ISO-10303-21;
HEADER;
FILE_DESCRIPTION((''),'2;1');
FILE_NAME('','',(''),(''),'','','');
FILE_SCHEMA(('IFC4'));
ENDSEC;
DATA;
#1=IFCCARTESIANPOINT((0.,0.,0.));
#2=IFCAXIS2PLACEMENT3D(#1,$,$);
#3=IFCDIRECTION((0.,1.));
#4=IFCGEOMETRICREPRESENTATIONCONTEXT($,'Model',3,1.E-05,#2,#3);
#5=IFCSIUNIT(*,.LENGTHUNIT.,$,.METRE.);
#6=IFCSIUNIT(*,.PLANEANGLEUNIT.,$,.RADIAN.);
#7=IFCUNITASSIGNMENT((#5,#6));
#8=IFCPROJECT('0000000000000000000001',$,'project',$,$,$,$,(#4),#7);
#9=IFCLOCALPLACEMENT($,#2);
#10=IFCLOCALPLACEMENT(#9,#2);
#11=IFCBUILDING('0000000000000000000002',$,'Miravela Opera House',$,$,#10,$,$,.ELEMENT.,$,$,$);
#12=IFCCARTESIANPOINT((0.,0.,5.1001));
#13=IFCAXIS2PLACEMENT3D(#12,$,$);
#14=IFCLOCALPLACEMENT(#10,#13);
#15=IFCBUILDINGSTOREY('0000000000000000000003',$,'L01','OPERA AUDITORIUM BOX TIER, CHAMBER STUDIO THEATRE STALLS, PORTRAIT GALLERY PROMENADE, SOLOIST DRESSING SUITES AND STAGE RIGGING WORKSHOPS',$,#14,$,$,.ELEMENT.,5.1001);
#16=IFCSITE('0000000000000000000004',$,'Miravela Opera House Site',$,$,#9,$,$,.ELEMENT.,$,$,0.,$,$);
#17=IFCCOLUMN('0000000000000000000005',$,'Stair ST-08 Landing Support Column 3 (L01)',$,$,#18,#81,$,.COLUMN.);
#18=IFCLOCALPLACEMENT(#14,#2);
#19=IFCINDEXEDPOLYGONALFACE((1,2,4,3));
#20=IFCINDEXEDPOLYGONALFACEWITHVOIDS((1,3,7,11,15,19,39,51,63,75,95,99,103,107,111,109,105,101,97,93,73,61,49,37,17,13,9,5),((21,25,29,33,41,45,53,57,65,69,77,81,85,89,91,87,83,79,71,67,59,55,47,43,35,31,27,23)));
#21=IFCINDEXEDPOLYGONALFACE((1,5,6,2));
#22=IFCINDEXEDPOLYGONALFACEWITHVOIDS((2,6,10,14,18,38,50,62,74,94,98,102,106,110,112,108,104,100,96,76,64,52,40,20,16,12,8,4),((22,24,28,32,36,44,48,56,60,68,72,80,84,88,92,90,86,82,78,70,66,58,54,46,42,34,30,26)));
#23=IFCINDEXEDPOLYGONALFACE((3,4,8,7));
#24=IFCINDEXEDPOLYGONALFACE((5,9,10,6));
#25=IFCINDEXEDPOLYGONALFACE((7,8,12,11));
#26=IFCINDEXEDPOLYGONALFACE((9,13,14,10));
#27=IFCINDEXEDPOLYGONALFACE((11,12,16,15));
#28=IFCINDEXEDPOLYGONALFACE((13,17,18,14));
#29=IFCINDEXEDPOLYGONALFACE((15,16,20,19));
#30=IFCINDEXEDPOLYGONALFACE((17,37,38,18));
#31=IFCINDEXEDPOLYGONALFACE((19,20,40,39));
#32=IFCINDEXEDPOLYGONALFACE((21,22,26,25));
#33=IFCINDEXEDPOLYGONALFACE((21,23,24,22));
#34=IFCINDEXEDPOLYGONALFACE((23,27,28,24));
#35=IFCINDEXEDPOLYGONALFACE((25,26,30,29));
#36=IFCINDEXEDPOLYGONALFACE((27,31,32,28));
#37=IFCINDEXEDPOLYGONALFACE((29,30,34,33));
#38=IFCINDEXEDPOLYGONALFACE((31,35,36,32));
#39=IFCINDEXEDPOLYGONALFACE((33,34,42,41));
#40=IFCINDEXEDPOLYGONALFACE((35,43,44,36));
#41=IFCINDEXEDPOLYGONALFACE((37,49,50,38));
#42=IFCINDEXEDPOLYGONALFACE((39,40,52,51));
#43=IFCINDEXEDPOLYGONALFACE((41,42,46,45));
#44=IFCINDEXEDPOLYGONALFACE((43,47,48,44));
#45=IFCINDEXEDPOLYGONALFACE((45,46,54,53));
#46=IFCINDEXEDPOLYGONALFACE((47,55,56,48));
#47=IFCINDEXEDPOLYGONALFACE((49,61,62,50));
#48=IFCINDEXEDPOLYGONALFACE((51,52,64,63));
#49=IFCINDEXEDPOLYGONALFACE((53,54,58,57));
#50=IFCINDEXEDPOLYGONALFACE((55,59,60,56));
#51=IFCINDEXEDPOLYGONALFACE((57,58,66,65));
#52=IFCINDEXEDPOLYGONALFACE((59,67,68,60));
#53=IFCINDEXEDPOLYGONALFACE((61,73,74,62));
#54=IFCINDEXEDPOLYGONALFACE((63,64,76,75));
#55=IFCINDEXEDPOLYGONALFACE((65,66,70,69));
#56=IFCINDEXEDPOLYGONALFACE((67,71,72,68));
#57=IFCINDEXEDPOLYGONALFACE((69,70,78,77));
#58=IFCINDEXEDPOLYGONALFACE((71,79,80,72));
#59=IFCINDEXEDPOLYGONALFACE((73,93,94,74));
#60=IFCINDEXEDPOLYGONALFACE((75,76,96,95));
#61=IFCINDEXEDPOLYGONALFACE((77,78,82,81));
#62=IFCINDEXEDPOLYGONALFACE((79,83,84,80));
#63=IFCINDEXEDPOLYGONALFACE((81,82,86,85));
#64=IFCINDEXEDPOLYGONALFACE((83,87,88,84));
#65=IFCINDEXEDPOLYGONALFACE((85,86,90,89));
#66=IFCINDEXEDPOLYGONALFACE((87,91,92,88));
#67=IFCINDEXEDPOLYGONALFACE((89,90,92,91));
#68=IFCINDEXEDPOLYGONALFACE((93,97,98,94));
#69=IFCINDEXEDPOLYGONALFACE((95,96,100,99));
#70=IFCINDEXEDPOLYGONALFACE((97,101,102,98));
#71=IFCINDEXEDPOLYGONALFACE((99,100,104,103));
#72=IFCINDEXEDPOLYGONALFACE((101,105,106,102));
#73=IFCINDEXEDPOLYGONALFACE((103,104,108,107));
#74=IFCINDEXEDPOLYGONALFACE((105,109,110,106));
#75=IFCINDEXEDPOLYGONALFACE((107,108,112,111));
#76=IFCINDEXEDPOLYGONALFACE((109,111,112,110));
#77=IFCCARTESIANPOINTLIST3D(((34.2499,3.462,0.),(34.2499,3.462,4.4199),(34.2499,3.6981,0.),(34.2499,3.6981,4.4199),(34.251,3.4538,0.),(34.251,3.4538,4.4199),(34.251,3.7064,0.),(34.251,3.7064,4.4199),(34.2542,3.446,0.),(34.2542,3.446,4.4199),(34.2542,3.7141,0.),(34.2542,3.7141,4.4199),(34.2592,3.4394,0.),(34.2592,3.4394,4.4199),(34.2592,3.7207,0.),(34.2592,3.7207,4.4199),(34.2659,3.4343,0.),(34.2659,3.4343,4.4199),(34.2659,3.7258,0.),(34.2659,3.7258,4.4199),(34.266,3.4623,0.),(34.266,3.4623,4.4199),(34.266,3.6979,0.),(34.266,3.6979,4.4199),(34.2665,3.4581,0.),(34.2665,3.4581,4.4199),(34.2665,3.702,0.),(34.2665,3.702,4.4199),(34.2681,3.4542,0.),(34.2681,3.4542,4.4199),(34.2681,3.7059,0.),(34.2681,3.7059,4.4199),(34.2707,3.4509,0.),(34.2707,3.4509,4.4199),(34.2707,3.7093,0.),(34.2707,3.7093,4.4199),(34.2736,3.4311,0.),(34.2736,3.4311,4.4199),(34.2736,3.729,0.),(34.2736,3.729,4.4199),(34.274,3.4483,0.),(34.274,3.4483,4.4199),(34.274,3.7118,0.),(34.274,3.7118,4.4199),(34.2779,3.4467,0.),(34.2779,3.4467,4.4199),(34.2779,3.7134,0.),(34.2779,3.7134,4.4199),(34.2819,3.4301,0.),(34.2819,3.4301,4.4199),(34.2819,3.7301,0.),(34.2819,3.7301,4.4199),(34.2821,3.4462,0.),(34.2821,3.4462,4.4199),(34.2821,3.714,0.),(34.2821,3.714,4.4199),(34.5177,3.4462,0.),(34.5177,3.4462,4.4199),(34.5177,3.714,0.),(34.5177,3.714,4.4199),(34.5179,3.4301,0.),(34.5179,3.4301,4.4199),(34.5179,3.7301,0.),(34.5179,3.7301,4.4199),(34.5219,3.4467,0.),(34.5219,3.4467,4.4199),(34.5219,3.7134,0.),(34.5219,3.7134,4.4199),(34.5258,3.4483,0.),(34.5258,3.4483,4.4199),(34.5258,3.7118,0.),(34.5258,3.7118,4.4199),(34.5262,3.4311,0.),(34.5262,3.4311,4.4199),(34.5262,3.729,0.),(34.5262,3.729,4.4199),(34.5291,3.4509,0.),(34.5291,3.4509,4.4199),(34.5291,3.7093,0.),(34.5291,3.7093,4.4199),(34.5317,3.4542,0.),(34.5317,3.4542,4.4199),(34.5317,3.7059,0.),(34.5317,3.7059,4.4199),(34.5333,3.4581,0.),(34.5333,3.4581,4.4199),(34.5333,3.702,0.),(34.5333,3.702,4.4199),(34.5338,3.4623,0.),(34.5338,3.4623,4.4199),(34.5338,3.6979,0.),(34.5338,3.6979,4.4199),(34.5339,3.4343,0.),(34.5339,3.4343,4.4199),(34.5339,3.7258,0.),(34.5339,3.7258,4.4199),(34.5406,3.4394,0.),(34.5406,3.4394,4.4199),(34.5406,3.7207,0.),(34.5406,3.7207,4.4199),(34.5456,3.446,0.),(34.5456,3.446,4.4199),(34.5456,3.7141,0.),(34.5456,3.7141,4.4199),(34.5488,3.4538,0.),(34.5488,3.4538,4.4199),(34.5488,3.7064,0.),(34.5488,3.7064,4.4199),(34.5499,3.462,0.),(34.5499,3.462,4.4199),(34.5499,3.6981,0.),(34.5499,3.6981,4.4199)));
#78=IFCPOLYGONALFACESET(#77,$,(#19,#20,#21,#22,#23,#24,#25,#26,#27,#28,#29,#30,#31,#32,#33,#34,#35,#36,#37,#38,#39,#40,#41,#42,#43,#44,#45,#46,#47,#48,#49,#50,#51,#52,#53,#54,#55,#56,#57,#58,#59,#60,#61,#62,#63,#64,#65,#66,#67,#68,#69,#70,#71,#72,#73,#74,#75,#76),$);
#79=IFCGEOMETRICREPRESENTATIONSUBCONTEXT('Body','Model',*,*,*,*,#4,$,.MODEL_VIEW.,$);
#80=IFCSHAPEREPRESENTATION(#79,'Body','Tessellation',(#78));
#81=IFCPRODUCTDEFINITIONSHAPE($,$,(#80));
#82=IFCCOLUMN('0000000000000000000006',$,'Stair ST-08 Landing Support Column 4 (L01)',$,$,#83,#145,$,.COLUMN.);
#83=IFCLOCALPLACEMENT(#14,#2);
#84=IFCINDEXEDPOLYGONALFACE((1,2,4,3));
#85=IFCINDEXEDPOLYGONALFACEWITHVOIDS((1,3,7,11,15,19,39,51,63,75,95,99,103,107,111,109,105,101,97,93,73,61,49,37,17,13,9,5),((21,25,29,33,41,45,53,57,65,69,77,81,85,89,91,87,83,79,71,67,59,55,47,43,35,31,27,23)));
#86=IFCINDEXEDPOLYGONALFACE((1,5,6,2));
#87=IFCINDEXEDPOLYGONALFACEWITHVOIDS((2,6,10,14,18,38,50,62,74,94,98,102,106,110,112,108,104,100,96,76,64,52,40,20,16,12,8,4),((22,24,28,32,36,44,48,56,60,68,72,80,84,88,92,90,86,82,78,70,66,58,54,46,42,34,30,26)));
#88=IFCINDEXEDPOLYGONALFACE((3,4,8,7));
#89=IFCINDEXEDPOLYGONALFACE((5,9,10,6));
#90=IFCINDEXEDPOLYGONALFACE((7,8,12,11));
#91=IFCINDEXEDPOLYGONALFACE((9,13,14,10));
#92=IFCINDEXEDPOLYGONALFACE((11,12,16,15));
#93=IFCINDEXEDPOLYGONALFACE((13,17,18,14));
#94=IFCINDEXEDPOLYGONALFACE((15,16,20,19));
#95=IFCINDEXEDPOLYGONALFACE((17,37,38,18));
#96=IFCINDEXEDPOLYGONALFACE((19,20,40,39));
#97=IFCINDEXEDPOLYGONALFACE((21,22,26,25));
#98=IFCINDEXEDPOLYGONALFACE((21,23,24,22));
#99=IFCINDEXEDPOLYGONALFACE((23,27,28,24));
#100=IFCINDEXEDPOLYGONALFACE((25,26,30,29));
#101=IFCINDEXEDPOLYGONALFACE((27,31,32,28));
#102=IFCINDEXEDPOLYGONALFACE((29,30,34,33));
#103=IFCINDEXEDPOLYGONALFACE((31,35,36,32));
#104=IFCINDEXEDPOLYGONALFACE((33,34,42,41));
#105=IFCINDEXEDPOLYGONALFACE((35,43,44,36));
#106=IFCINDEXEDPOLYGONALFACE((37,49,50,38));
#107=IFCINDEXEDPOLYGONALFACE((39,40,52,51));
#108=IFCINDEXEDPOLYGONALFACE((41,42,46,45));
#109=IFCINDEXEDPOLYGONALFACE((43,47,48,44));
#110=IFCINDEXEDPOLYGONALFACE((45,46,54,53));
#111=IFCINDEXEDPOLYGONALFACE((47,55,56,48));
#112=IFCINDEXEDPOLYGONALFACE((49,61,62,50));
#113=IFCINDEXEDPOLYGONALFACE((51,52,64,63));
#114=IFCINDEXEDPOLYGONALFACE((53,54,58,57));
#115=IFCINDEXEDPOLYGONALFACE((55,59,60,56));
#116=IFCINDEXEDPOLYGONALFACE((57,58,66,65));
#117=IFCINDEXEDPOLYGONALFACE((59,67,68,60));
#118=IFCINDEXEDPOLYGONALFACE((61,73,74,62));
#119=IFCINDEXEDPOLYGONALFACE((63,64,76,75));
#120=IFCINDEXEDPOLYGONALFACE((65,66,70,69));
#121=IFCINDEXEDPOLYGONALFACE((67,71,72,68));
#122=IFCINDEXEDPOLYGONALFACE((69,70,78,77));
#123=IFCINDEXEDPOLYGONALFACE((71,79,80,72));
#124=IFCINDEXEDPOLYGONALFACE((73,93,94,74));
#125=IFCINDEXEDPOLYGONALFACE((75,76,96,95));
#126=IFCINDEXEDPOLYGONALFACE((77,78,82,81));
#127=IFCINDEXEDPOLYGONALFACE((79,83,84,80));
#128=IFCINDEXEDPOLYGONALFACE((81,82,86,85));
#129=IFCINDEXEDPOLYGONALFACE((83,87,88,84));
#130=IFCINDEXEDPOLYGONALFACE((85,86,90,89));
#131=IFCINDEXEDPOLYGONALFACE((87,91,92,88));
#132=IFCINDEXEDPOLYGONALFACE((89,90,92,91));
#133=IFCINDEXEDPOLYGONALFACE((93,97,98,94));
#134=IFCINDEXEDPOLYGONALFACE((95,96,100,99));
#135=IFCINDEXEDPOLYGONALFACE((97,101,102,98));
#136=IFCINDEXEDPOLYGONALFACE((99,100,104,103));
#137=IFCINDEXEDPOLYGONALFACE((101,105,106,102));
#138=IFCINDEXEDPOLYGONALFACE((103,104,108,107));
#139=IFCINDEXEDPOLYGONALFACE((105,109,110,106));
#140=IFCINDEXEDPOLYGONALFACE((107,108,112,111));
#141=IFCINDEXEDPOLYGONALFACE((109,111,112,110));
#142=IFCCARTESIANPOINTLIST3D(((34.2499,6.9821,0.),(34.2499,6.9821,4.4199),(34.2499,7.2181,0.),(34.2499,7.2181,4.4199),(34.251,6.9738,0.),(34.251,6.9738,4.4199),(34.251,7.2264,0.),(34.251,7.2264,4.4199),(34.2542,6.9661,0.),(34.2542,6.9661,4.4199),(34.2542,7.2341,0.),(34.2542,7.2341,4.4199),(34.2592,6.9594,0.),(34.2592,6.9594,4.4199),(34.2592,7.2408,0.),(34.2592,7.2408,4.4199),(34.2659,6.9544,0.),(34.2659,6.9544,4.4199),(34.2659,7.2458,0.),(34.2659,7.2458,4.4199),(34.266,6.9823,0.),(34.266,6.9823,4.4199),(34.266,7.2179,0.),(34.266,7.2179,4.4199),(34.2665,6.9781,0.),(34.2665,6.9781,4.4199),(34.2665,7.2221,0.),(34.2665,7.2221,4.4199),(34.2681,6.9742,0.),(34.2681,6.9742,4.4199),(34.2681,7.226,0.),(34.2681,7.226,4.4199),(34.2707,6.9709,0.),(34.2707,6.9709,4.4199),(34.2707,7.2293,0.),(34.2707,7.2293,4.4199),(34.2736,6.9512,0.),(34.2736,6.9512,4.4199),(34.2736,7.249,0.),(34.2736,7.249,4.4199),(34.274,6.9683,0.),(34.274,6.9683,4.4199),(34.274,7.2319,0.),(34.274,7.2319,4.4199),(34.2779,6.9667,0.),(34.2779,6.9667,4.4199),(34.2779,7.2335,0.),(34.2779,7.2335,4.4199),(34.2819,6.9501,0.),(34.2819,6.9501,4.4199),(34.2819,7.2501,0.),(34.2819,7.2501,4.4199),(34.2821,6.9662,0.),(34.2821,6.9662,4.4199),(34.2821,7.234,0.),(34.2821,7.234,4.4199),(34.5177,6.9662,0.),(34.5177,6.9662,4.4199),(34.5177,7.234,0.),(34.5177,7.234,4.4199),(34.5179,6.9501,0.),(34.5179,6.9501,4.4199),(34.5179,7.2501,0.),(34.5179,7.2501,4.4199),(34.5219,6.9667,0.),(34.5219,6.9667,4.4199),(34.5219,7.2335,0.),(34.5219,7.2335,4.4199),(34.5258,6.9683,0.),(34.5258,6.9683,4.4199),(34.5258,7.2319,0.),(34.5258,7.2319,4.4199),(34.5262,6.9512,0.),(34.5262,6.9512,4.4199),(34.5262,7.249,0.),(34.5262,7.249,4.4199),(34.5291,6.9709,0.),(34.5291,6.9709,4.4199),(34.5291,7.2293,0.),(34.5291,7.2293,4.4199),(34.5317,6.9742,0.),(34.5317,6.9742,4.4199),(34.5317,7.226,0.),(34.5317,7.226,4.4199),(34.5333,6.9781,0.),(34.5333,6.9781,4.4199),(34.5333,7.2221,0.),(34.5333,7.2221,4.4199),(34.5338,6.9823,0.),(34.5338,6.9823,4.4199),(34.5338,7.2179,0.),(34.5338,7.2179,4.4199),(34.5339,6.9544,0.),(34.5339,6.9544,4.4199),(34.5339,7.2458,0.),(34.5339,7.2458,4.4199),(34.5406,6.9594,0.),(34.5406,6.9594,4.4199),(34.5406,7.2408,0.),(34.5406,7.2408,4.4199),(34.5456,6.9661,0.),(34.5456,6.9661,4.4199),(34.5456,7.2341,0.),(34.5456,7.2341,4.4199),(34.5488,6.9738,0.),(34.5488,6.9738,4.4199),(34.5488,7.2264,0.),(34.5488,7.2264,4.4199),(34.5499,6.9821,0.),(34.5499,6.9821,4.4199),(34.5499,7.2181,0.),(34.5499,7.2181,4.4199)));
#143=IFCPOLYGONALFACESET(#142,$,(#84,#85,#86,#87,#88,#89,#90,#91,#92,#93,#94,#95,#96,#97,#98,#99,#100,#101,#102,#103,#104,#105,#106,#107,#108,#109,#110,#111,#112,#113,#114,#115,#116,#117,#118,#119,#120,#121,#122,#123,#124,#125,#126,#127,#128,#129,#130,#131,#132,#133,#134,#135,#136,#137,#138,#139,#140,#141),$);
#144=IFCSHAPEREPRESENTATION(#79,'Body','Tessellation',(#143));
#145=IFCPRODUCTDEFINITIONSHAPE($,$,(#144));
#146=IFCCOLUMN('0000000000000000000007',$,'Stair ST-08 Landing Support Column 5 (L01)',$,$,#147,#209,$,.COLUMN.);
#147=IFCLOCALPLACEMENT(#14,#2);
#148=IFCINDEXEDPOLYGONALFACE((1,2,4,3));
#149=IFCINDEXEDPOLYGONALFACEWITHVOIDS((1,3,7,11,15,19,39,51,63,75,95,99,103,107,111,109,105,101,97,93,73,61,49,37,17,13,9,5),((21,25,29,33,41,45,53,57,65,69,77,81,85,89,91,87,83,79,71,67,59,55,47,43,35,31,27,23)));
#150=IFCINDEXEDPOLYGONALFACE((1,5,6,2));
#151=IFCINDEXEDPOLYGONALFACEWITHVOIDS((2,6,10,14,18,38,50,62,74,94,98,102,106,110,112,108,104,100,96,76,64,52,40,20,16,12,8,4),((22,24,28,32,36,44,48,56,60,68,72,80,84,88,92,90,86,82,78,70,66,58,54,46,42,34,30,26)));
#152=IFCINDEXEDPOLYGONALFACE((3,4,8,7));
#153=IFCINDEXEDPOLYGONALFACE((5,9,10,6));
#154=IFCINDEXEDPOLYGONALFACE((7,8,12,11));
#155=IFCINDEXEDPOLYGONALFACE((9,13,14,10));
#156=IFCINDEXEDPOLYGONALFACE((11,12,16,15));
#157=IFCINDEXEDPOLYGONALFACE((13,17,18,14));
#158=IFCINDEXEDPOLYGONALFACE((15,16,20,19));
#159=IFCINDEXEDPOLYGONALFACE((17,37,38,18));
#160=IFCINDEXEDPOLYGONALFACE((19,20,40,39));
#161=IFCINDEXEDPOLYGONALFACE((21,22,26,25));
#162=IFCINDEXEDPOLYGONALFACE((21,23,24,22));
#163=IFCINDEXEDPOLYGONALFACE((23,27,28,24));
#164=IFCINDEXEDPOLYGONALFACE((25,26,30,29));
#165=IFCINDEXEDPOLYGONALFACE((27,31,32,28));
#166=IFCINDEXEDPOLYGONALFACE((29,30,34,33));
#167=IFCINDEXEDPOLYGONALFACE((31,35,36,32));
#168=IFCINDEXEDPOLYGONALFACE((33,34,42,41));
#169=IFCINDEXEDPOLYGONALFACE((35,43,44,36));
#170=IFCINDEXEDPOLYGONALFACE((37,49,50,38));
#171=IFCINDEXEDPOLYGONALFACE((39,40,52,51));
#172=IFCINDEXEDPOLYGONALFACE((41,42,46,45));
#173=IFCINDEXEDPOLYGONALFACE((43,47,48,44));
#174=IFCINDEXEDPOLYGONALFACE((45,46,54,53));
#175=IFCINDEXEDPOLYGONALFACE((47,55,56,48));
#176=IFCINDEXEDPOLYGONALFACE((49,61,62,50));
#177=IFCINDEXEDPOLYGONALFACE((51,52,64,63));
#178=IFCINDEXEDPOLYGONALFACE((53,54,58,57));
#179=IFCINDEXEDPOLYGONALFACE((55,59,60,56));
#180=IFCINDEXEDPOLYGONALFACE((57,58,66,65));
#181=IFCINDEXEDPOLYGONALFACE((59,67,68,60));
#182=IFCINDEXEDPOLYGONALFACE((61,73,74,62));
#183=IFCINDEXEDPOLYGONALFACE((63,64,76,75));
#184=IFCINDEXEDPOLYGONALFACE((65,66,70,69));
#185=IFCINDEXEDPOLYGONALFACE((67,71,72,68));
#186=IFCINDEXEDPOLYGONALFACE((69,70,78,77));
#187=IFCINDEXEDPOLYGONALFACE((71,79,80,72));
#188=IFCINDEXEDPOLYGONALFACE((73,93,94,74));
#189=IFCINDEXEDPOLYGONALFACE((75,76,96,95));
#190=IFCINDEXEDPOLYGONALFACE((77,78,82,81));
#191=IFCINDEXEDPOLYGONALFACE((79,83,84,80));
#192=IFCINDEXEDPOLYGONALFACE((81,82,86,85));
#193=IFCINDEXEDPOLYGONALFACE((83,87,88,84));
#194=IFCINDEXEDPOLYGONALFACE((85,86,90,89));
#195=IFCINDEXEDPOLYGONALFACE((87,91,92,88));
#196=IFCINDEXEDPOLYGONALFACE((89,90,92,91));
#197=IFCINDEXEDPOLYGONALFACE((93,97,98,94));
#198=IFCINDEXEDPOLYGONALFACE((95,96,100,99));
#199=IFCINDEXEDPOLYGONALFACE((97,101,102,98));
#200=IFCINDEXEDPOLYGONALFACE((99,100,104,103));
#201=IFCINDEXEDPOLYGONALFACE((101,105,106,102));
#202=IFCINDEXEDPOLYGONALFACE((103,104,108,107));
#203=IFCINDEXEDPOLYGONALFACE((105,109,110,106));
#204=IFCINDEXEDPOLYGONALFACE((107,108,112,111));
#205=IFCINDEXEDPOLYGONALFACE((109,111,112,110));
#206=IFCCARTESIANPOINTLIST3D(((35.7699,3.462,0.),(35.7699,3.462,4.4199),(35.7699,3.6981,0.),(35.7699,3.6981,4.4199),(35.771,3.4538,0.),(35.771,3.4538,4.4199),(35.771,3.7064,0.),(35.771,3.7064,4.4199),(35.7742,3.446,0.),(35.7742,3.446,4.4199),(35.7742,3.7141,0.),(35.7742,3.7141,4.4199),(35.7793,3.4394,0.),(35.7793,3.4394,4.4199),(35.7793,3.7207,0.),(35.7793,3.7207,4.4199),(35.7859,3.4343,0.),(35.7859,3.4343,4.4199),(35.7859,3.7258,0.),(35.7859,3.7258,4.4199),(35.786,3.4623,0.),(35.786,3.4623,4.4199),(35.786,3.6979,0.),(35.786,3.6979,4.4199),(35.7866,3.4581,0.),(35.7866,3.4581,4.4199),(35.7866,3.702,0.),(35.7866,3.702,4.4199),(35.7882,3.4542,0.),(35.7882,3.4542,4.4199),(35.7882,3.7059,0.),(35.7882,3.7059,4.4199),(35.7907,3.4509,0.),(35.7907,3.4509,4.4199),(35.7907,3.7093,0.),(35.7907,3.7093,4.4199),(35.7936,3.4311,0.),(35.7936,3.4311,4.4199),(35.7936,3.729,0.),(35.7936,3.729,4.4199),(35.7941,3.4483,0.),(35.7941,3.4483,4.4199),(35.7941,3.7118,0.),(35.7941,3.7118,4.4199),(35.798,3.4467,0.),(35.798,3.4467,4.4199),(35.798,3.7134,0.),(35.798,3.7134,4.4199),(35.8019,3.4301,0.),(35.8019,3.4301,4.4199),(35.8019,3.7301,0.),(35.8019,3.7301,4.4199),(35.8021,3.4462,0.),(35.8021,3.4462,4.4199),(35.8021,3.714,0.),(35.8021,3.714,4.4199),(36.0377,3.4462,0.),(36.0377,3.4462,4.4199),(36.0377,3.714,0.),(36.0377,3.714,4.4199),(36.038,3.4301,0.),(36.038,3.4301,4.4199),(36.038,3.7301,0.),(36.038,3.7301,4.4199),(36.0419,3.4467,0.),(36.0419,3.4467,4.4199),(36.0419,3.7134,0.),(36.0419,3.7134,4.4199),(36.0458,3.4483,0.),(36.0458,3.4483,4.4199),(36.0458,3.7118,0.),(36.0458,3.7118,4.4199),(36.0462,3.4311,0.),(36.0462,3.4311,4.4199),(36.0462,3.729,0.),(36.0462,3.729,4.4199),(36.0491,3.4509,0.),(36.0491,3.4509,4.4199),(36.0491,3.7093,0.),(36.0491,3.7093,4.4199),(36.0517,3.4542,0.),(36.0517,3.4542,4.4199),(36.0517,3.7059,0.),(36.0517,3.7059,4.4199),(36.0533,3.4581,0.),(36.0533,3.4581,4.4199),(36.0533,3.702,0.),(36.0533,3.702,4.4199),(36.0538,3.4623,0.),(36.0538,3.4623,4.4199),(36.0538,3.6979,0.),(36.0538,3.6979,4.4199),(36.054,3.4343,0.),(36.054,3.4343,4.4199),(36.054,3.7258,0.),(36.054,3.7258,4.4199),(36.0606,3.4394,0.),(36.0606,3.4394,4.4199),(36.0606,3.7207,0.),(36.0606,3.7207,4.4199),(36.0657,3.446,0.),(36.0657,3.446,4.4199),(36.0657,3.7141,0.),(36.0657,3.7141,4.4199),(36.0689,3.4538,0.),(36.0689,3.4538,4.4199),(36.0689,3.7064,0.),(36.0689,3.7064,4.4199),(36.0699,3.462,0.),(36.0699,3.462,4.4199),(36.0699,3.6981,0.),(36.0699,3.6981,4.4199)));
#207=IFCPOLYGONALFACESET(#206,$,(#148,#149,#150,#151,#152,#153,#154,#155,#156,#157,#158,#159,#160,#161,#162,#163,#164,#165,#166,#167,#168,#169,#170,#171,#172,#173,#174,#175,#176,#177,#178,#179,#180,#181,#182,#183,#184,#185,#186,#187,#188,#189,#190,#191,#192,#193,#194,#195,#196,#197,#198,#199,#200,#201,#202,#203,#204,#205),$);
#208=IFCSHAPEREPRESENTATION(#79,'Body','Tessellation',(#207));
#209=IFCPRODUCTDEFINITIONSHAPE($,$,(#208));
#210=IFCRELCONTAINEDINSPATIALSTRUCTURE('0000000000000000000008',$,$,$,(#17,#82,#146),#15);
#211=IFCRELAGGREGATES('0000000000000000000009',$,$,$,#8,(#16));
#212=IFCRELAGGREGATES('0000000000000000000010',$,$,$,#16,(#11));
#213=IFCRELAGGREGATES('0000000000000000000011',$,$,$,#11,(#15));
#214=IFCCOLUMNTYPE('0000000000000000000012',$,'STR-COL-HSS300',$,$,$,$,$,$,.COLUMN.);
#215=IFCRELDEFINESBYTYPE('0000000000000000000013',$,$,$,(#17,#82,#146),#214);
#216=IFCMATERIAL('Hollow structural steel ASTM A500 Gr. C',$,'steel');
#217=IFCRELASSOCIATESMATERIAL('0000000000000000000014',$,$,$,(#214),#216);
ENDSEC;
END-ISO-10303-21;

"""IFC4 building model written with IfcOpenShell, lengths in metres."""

from ifc_helpers import new_model, si_unit, direction, frame, origin, origin_2d, place, context, subcontext, project, spatial, hollow_rectangle, extrude, material, material_profile, profile_set, type_object, element, save


model = new_model("IFC4")

# Units and contexts
model_context = context("Model", 3, precision=1e-05, world=origin(), true_north=direction((0.0, 1.0)))
body_context = subcontext(model_context, "Body", "Model", "MODEL_VIEW")
ifc_project = project(units=[si_unit("LENGTHUNIT", "METRE"), si_unit("PLANEANGLEUNIT", "RADIAN")], contexts=[model_context])

# Site, building, storey
site_placement = place(None, origin())
site = spatial("IfcSite", under=ifc_project, at=site_placement, Name="Miravela Opera House Site", CompositionType="ELEMENT", RefElevation=0.0)
building_placement = place(site_placement, origin())
building = spatial("IfcBuilding", under=site, at=building_placement, Name="Miravela Opera House", CompositionType="ELEMENT")
storey_placement = place(building_placement, frame((0.0, 0.0, 5.1001)))
storey = spatial("IfcBuildingStorey", under=building, at=storey_placement, Name="L01", Description="OPERA AUDITORIUM BOX TIER, CHAMBER STUDIO THEATRE STALLS, PORTRAIT GALLERY PROMENADE, SOLOIST DRESSING SUITES AND STAGE RIGGING WORKSHOPS", CompositionType="ELEMENT", Elevation=5.1001)

# Columns
ifc_material_1 = material(Name="Hollow structural steel ASTM A500 Gr. C", Category="steel")
ifc_material_profile_1 = material_profile(ifc_material_1, hollow_rectangle(XDim=0.3, YDim=0.3, WallThickness=0.0161, InnerFilletRadius=0.0161, OuterFilletRadius=0.032, at=origin_2d()), Name="HSS300X300X16")
ifc_profile_set_1 = profile_set([ifc_material_profile_1])
column_type_1 = type_object("IfcColumnType", Name="STR-COL-HSS300", PredefinedType="COLUMN", material=ifc_profile_set_1)
for number, where, z_axis, x_axis, name in (
    (1, (34.3999, 3.5801, 0.0), (0.0, 0.0, 1.0), (1.0, 0.0, 0.0), "Stair ST-08 Landing Support Column 3 (L01)"),
    (2, (34.3999, 7.1001, 0.0), (0.0, 0.0, 1.0), (1.0, 0.0, 0.0), "Stair ST-08 Landing Support Column 4 (L01)"),
    (3, (35.9199, 3.5801, 0.0), (0.0, 0.0, 1.0), (1.0, 0.0, 0.0), "Stair ST-08 Landing Support Column 5 (L01)"),
):
    element("IfcColumn", number, at=place(storey_placement, frame(where, z_axis=z_axis, x_axis=x_axis)), inside=storey, type_object=column_type_1, Name=name, PredefinedType="COLUMN", context=body_context, shape_type="SweptSolid", body=[
        extrude(hollow_rectangle(XDim=0.3, YDim=0.3, WallThickness=0.0161, InnerFilletRadius=0.0161, OuterFilletRadius=0.032, at=origin_2d()), origin(), (0.0, 0.0, 1.0), 4.4199),
    ])

save(model, "model.ifc")
